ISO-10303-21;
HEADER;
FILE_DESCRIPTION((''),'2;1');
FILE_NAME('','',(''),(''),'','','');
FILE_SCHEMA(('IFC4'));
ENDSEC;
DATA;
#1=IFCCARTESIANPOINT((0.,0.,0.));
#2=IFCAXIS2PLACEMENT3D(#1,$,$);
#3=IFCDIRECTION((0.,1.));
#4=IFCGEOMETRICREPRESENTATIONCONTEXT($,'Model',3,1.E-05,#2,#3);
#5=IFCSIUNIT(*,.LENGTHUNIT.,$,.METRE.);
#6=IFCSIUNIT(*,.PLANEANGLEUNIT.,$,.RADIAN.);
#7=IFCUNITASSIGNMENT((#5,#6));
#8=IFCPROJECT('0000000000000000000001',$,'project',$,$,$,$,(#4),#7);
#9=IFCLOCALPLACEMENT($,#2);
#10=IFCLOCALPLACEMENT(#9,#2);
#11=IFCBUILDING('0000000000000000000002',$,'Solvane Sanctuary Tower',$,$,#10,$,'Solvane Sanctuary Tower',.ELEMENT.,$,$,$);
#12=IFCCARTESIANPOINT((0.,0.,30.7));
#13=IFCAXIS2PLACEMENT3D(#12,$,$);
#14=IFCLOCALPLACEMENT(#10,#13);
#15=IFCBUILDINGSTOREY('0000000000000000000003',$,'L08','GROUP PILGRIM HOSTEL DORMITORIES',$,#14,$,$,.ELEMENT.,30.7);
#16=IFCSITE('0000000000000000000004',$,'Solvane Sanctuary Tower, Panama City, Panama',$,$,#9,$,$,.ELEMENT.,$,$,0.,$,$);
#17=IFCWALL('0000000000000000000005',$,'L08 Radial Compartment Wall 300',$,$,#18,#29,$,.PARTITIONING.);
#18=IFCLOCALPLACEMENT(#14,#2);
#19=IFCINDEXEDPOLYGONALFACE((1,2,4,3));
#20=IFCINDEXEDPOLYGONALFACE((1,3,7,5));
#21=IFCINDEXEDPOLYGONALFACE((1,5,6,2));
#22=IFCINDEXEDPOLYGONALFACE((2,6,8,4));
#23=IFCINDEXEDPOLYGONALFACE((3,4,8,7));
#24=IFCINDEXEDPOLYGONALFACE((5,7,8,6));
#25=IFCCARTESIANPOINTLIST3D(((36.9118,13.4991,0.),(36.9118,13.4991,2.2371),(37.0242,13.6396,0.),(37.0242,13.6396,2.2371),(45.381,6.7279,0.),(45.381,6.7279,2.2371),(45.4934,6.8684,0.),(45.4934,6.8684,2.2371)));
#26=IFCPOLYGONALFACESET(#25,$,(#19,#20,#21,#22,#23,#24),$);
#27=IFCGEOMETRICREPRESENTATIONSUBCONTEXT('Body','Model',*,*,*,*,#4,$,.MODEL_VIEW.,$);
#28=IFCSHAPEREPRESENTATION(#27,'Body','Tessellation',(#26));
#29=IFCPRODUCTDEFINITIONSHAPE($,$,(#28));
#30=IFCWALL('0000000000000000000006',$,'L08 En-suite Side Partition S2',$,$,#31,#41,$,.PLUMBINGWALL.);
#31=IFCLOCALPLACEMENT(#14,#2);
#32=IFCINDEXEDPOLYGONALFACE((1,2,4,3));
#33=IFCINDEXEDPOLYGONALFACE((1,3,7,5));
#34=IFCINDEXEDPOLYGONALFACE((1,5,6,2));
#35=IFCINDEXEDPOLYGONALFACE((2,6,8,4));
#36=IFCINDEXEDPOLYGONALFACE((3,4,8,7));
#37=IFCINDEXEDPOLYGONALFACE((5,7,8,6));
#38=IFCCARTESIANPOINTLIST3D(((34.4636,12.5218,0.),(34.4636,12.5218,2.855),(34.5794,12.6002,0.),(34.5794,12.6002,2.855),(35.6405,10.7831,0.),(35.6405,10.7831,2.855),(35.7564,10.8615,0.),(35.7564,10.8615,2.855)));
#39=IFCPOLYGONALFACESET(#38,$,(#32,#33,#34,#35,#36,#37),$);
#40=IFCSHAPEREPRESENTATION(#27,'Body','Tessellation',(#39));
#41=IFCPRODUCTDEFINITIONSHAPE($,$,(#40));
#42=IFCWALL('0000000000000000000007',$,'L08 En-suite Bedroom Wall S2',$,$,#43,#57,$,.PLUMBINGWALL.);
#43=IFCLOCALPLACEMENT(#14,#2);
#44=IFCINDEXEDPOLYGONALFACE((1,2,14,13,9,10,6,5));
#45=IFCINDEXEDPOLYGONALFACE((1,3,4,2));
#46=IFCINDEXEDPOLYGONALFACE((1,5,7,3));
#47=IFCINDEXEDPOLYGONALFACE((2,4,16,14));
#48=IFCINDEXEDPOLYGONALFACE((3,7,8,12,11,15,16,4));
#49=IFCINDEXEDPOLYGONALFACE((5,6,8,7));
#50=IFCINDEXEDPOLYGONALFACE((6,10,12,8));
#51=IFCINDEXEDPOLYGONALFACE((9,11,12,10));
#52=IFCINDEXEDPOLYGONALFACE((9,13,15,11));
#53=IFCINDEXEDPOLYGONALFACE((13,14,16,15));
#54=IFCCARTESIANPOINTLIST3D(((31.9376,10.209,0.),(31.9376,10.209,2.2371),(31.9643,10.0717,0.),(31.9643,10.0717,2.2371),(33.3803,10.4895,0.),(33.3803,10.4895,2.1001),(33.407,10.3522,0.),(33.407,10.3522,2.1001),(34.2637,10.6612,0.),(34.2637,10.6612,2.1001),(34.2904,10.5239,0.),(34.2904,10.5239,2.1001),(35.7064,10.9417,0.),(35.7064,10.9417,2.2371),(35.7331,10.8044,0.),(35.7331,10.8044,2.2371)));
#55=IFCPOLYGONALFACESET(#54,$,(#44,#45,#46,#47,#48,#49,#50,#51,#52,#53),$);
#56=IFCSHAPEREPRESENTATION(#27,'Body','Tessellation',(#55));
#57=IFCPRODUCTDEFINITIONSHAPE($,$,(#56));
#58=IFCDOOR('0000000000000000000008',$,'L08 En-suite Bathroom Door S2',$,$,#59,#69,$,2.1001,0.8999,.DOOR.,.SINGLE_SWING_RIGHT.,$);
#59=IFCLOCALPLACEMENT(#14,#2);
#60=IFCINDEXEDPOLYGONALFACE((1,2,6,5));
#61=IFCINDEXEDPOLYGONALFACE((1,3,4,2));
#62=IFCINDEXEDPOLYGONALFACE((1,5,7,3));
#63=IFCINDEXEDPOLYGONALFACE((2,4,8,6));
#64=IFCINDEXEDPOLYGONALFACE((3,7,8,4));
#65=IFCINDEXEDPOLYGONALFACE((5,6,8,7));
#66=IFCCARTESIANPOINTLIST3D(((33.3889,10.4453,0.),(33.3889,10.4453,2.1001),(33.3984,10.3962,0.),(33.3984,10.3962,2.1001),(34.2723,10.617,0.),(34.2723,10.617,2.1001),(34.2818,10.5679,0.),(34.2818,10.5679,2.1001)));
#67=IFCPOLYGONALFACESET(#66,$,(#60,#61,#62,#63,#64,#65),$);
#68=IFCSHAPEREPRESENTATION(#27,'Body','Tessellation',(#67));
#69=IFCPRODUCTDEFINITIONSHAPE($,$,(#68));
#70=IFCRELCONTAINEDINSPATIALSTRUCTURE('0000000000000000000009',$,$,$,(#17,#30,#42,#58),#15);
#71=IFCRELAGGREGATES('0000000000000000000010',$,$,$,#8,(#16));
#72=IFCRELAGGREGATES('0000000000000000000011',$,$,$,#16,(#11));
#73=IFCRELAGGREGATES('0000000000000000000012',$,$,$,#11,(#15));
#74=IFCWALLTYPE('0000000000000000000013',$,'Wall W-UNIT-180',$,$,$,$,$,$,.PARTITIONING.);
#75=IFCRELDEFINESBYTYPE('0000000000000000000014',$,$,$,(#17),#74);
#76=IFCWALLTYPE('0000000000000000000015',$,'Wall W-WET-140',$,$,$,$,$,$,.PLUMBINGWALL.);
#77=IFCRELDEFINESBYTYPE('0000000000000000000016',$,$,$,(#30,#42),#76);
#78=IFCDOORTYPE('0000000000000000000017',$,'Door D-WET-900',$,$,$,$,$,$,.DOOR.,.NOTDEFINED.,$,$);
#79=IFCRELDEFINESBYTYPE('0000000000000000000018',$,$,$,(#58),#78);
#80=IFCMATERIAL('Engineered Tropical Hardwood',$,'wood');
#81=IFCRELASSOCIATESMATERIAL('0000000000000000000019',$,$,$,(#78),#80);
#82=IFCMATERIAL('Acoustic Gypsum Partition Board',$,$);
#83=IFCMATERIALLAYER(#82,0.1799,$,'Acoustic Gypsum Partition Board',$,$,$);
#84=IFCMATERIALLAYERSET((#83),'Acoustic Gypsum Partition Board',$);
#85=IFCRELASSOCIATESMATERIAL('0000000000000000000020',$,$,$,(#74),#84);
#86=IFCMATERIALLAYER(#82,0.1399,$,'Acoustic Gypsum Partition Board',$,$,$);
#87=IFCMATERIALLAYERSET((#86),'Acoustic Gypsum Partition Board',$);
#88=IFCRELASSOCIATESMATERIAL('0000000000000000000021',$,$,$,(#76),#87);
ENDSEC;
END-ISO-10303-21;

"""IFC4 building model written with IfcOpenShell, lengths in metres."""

from ifc_helpers import new_model, si_unit, direction, frame, frame_2d, origin, place, context, subcontext, project, spatial, rectangle, extrude, material, layer, layer_set, type_object, element, fill, save


model = new_model("IFC4")

# Units and contexts
model_context = context("Model", 3, precision=1e-05, world=origin(), true_north=direction((0.0, 1.0)))
body_context = subcontext(model_context, "Body", "Model", "MODEL_VIEW")
ifc_project = project(units=[si_unit("LENGTHUNIT", "METRE"), si_unit("PLANEANGLEUNIT", "RADIAN")], contexts=[model_context])

# Site, building, storey
site_placement = place(None, origin())
site = spatial("IfcSite", under=ifc_project, at=site_placement, Name="Solvane Sanctuary Tower, Panama City, Panama", CompositionType="ELEMENT", RefElevation=0.0)
building_placement = place(site_placement, origin())
building = spatial("IfcBuilding", under=site, at=building_placement, Name="Solvane Sanctuary Tower", LongName="Solvane Sanctuary Tower", CompositionType="ELEMENT")
storey_placement = place(building_placement, frame((0.0, 0.0, 30.7)))
storey = spatial("IfcBuildingStorey", under=building, at=storey_placement, Name="L08", Description="GROUP PILGRIM HOSTEL DORMITORIES", CompositionType="ELEMENT", Elevation=30.7)

# Shared definitions
ifc_material_1 = material(Name="Acoustic Gypsum Partition Board")

# Shared definitions
ifc_material_2 = material(Name="Engineered Tropical Hardwood", Category="wood")
door_type_1 = type_object("IfcDoorType", Name="Door D-WET-900", OperationType="NOTDEFINED", PredefinedType="DOOR", material=ifc_material_2)

# Walls
ifc_layer_1 = layer(ifc_material_1, 0.1799, Name="Acoustic Gypsum Partition Board")
ifc_layer_set_1 = layer_set([ifc_layer_1], Name="Acoustic Gypsum Partition Board")
wall_type_1 = type_object("IfcWallType", Name="Wall W-UNIT-180", PredefinedType="PARTITIONING", material=ifc_layer_set_1)
wall_1_placement = place(storey_placement, frame((36.968, 13.5693, 0.0), z_axis=(0.0, 0.0, 1.0), x_axis=(0.781055, -0.624462, 0.0)))
element("IfcWall", 1, at=wall_1_placement, inside=storey, type_object=wall_type_1, Name="L08 Radial Compartment Wall 300", PredefinedType="PARTITIONING", context=body_context, shape_type="SweptSolid", body=[
    extrude(rectangle(XDim=10.8433, YDim=0.1799, at=frame_2d((5.4216, 0.0))), origin(), (0.0, 0.0, 1.0), 2.2371),
])
ifc_layer_2 = layer(ifc_material_1, 0.1399, Name="Acoustic Gypsum Partition Board")
ifc_layer_set_2 = layer_set([ifc_layer_2], Name="Acoustic Gypsum Partition Board")
wall_type_2 = type_object("IfcWallType", Name="Wall W-WET-140", PredefinedType="PLUMBINGWALL", material=ifc_layer_set_2)
wall_2_placement = place(storey_placement, frame((34.5215, 12.561, 0.0), z_axis=(0.0, 0.0, 1.0), x_axis=(0.560563, -0.828112, 0.0)))
element("IfcWall", 2, at=wall_2_placement, inside=storey, type_object=wall_type_2, Name="L08 En-suite Side Partition S2", PredefinedType="PLUMBINGWALL", context=body_context, shape_type="SweptSolid", body=[
    extrude(rectangle(XDim=2.0996, YDim=0.1399, at=frame_2d((1.0498, 0.0))), origin(), (0.0, 0.0, 1.0), 2.855),
])

# Wall, opening, door
wall_3_placement = place(storey_placement, frame((31.9509, 10.1404, 0.0), z_axis=(0.0, 0.0, 1.0), x_axis=(0.981623, 0.190831, 0.0)))
wall_3 = element("IfcWall", 3, at=wall_3_placement, inside=storey, type_object=wall_type_2, Name="L08 En-suite Bedroom Wall S2", PredefinedType="PLUMBINGWALL", context=body_context, shape_type="SweptSolid", body=[
    extrude(rectangle(XDim=3.8394, YDim=0.1399, at=frame_2d((1.9197, 0.0))), origin(), (0.0, 0.0, 1.0), 2.2371),
])
opening_1_placement = place(wall_3_placement, frame((1.4697, 0.0, 0.0)))
opening_1 = element("IfcOpeningElement", 4, at=opening_1_placement, cuts=wall_3, PredefinedType="OPENING", context=body_context, shape_type="SweptSolid", body=[
    extrude(rectangle(XDim=0.8999, YDim=2.1001, at=frame_2d((0.45, 1.05))), frame((0.0, 0.0798, 0.0), z_axis=(0.0, -1.0, 0.0), x_axis=(1.0, 0.0, 0.0)), (0.0, 0.0, 1.0), 0.1599),
])
door_1_placement = place(opening_1_placement, origin())
door_1 = element("IfcDoor", 5, at=door_1_placement, inside=storey, type_object=door_type_1, Name="L08 En-suite Bathroom Door S2", OperationType="SINGLE_SWING_RIGHT", OverallHeight=2.1001, OverallWidth=0.8999, PredefinedType="DOOR", context=body_context, shape_type="SweptSolid", body=[
    extrude(rectangle(XDim=0.8999, YDim=2.1001, at=frame_2d((0.45, 1.05))), frame((0.0, 0.0249, 0.0), z_axis=(0.0, -1.0, 0.0), x_axis=(1.0, 0.0, 0.0)), (0.0, 0.0, 1.0), 0.05),
])
fill(opening_1, door_1)

save(model, "model.ifc")
